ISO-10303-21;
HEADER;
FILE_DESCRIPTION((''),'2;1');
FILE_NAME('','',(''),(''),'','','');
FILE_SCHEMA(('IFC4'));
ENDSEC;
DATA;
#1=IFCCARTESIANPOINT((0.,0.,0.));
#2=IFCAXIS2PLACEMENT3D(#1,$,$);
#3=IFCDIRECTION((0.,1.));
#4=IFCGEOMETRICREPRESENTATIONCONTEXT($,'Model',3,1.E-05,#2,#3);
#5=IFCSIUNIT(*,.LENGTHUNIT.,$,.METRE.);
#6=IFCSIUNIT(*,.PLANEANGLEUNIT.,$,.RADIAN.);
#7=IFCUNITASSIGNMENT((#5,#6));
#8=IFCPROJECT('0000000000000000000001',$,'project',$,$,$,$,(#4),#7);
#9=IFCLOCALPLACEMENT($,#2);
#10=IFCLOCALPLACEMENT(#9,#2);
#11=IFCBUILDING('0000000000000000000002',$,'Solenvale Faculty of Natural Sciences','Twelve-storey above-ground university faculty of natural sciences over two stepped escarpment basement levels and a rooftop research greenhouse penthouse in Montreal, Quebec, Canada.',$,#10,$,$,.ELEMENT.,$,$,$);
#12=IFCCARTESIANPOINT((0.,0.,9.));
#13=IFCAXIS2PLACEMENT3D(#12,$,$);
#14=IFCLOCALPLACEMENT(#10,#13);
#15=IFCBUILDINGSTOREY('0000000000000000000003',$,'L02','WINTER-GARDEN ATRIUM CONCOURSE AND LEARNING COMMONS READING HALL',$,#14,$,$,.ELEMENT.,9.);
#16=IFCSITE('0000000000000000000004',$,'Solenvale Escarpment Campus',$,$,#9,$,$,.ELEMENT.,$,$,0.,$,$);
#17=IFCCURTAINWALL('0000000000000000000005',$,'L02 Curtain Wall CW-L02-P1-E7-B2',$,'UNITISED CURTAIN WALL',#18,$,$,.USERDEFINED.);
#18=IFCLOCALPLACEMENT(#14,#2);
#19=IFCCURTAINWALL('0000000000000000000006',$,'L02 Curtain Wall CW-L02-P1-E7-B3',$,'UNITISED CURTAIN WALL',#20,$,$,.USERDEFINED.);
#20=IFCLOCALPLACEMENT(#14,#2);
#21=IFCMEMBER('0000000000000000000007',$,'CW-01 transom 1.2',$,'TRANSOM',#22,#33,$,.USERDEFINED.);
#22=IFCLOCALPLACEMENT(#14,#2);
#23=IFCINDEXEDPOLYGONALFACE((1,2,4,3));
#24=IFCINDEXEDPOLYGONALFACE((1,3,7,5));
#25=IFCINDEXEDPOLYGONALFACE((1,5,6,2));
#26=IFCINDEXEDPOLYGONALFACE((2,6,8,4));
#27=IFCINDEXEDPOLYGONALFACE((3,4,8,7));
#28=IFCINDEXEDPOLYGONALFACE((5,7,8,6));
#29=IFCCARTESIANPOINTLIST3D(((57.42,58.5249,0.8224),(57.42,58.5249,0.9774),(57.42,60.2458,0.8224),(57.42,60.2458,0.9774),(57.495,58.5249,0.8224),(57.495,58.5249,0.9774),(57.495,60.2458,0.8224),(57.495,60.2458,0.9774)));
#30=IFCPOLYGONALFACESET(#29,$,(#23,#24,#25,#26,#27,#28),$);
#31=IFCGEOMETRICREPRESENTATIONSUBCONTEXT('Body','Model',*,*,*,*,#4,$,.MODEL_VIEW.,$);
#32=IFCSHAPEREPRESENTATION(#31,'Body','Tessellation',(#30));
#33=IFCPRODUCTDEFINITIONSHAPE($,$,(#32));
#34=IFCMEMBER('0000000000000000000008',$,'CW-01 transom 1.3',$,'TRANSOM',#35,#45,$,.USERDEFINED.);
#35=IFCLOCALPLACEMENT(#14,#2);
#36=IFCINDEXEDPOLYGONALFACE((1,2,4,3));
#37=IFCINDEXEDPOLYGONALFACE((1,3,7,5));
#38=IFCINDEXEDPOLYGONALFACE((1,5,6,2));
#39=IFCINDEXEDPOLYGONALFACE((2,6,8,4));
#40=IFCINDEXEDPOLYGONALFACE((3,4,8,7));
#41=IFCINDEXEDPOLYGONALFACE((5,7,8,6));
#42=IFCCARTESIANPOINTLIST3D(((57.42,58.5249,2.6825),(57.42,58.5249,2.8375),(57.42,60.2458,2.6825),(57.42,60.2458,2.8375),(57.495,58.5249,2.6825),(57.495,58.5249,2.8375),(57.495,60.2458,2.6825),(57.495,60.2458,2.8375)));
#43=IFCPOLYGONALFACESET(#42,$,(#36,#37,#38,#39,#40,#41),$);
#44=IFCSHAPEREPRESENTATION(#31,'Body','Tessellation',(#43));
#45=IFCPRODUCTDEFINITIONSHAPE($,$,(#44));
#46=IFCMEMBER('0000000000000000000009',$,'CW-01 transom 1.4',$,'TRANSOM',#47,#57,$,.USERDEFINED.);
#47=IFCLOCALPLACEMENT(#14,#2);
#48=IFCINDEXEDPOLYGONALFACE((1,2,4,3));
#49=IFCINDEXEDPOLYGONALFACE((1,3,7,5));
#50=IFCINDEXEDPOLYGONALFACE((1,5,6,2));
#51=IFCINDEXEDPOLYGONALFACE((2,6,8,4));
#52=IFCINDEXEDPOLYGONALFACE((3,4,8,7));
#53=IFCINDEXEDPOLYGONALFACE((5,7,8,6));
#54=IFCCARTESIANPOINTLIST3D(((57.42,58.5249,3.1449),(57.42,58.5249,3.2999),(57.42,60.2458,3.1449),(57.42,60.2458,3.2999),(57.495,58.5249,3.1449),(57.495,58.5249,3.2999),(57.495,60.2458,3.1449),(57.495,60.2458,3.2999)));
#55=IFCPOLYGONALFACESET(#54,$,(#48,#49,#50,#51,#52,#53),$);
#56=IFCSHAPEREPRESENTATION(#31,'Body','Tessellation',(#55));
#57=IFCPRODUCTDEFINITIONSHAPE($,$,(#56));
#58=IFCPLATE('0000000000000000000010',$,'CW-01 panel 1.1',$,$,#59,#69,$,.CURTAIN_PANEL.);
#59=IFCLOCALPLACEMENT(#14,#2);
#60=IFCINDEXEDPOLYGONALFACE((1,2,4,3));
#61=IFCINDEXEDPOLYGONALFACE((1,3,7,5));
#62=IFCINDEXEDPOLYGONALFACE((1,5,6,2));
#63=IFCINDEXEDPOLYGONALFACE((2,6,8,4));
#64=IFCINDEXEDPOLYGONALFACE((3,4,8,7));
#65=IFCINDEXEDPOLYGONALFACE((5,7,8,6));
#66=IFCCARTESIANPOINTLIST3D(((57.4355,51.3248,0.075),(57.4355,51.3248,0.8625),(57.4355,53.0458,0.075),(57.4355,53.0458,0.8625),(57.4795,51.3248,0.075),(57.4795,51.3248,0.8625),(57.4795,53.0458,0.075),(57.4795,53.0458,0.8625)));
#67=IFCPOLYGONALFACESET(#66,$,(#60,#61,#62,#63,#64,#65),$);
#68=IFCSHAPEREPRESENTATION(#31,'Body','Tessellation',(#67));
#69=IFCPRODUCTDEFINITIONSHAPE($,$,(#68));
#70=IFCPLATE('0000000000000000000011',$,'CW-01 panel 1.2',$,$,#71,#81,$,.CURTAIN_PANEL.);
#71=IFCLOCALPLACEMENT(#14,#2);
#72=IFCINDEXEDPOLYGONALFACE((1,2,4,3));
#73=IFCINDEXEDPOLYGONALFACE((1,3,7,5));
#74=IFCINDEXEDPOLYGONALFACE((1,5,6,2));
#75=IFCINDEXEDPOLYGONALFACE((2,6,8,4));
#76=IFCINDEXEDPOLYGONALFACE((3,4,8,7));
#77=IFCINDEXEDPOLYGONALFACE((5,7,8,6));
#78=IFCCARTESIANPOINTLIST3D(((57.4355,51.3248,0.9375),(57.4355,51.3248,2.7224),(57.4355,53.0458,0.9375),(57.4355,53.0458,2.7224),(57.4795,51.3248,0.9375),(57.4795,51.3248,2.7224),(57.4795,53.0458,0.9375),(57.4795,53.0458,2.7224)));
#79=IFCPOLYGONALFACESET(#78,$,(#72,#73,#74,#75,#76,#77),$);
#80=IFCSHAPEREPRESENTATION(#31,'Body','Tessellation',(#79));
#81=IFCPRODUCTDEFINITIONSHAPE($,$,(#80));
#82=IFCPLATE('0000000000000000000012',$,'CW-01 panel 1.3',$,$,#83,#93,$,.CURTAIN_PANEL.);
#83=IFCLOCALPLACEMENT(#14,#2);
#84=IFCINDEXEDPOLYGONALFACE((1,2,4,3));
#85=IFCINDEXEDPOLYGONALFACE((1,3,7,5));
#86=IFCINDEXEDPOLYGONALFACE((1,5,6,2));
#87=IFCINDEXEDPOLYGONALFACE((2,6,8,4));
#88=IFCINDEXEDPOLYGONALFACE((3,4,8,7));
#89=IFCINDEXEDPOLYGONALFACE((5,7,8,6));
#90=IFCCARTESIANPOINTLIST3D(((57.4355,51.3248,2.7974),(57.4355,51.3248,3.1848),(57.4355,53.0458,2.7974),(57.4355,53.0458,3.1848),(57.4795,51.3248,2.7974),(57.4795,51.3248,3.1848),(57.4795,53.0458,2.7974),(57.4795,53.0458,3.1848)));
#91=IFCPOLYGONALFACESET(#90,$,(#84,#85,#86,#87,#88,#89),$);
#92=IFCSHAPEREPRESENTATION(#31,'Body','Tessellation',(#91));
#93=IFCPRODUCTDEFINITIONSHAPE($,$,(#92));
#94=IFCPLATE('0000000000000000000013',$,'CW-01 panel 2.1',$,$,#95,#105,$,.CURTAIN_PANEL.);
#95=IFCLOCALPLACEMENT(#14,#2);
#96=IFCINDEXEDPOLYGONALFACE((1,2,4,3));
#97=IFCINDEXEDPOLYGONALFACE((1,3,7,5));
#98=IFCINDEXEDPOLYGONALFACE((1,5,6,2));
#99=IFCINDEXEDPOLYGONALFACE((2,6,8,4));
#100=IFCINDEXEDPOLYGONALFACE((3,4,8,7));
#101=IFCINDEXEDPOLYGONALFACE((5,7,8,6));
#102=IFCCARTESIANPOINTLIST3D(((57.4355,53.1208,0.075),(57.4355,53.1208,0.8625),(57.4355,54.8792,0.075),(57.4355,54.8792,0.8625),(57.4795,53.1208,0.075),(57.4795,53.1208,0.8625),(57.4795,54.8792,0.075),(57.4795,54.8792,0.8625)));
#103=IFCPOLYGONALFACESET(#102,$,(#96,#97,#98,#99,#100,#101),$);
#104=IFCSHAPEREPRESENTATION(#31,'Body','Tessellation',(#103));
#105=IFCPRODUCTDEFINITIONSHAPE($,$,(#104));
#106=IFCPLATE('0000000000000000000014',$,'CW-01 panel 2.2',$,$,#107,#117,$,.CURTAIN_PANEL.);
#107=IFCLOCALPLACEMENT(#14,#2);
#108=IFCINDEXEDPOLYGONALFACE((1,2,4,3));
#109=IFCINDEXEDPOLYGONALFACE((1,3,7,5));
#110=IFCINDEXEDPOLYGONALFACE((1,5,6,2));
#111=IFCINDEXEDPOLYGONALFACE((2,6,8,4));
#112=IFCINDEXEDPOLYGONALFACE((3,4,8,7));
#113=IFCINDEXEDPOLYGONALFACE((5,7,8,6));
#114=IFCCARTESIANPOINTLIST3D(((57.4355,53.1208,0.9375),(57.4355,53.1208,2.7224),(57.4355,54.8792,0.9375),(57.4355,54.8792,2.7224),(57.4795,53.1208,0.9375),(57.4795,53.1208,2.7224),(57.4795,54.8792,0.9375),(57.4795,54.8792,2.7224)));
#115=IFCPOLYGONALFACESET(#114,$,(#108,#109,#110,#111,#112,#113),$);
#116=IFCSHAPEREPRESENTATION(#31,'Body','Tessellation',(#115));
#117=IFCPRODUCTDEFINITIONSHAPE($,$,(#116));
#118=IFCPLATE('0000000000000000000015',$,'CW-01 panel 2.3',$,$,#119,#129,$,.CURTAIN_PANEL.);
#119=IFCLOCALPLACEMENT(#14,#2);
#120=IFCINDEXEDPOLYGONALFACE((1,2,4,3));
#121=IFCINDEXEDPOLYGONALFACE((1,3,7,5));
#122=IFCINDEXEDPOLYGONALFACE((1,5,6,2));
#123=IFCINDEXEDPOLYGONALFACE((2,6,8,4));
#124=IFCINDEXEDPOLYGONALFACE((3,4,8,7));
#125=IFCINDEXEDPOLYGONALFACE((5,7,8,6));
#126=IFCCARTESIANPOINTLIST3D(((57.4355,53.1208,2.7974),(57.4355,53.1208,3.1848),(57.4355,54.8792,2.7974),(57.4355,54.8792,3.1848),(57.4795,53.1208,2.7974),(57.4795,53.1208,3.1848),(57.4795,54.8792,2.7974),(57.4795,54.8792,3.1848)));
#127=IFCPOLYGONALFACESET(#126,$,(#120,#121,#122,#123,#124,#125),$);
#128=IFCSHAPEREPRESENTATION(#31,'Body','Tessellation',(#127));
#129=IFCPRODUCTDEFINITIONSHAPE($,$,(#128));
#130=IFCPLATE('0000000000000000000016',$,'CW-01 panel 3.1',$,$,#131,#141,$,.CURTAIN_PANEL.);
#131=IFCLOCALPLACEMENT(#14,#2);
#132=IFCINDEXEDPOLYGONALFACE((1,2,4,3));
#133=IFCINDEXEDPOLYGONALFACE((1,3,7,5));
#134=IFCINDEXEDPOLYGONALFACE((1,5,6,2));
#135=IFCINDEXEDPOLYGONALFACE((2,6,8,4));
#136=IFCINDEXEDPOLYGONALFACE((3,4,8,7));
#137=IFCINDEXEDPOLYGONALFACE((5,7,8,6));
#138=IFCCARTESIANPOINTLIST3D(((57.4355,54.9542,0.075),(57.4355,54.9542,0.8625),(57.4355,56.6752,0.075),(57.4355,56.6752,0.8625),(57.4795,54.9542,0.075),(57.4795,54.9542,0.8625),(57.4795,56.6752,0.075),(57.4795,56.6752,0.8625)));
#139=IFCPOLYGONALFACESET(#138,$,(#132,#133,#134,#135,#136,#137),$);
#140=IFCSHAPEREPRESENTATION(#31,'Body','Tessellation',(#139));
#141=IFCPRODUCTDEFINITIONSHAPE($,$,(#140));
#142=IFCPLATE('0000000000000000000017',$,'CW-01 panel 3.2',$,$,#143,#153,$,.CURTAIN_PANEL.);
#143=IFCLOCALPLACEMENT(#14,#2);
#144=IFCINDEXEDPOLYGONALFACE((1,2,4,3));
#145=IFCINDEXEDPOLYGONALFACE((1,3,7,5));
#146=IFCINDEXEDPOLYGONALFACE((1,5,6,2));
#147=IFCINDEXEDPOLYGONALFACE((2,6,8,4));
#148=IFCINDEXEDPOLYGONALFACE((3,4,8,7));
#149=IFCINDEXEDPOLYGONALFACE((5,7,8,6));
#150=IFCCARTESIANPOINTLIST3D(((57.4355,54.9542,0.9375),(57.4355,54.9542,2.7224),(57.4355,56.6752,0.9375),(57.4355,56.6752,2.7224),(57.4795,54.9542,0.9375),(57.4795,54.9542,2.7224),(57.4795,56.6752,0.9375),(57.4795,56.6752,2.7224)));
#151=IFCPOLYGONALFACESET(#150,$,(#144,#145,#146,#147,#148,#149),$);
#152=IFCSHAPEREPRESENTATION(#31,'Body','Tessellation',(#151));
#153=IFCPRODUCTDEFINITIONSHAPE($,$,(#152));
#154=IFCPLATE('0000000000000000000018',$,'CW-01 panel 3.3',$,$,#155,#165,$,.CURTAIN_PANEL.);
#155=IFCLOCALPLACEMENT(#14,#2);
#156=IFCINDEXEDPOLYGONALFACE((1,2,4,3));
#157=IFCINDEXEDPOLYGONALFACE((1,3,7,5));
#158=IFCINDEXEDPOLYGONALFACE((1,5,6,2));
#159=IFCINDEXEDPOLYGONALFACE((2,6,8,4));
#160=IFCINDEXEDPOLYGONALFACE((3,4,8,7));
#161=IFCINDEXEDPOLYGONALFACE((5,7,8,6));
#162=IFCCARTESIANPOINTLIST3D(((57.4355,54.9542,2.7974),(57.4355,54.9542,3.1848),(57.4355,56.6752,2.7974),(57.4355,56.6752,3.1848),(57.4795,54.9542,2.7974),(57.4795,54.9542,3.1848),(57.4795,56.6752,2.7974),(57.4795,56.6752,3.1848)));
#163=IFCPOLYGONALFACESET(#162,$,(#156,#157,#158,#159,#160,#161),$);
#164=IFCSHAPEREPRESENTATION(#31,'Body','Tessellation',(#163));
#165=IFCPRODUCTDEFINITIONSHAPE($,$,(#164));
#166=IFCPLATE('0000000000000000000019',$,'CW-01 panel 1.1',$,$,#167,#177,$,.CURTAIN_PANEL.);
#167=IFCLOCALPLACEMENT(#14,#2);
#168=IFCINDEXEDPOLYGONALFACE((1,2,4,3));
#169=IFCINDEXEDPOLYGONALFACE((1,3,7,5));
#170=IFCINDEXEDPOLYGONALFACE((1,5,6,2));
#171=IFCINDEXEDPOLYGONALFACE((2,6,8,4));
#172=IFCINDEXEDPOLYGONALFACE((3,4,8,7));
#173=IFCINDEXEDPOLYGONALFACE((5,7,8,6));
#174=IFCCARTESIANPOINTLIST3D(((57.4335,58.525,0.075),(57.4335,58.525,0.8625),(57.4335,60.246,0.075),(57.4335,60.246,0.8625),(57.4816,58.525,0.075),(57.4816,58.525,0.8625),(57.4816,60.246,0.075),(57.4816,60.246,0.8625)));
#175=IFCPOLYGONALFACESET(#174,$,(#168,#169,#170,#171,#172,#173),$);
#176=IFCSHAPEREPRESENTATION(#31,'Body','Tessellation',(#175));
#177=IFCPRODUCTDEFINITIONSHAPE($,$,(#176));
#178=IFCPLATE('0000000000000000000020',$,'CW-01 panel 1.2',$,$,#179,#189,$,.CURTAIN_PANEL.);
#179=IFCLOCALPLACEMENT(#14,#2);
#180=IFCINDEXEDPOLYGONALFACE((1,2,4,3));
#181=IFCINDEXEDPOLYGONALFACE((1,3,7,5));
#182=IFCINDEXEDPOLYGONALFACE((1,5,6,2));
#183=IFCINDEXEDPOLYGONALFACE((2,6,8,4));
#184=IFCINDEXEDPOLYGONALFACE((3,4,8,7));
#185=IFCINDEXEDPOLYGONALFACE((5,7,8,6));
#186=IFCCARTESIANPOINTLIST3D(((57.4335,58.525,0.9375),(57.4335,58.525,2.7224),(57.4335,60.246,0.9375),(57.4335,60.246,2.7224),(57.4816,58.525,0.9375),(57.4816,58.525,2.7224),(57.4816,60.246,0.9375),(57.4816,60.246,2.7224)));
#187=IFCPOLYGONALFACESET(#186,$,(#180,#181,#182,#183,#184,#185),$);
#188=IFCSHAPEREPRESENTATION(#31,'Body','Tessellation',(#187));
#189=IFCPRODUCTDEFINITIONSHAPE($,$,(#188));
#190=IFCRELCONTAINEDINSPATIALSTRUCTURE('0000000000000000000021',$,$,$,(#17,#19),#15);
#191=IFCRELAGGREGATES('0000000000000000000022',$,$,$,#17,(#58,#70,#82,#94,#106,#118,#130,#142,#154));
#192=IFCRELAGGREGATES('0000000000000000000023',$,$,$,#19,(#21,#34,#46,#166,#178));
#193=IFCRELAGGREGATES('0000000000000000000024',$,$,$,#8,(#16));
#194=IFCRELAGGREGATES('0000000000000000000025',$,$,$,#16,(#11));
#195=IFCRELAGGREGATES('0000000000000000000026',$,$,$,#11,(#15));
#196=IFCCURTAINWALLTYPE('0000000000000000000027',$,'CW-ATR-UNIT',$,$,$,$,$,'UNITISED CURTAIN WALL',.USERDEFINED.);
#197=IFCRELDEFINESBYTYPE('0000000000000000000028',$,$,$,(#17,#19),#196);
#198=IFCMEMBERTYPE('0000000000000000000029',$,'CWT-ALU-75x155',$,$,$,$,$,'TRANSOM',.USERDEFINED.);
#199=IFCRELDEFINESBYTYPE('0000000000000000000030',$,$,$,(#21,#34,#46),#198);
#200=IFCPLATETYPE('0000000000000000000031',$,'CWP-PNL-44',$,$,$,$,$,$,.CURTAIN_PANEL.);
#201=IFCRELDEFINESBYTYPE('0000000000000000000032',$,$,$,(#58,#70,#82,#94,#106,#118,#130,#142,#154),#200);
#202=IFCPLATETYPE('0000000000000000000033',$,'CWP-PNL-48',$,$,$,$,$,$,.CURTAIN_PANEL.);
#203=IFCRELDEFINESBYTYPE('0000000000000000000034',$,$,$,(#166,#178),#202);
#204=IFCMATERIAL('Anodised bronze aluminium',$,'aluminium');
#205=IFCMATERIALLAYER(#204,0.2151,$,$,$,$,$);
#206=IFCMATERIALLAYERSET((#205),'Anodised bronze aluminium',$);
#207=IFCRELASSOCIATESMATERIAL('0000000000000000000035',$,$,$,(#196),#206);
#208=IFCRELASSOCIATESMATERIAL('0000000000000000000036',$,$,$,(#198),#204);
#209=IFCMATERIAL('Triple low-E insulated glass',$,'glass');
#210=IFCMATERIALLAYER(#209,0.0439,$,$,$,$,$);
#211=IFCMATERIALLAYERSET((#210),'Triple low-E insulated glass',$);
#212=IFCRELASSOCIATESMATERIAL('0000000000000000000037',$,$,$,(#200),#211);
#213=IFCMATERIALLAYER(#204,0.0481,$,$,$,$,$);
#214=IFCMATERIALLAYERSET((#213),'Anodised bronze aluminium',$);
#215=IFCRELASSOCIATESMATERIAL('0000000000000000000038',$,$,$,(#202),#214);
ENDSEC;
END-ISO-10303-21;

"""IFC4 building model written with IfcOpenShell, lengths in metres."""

from ifc_helpers import new_model, si_unit, direction, frame, origin, origin_2d, place, context, subcontext, project, spatial, rectangle, extrude, material, layer, layer_set, material_profile, profile_set, type_object, element, aggregate, save


model = new_model("IFC4")

# Units and contexts
model_context = context("Model", 3, precision=1e-05, world=origin(), true_north=direction((0.0, 1.0)))
body_context = subcontext(model_context, "Body", "Model", "MODEL_VIEW")
ifc_project = project(units=[si_unit("LENGTHUNIT", "METRE"), si_unit("PLANEANGLEUNIT", "RADIAN")], contexts=[model_context])

# Site, building, storey
site_placement = place(None, origin())
site = spatial("IfcSite", under=ifc_project, at=site_placement, Name="Solenvale Escarpment Campus", CompositionType="ELEMENT", RefElevation=0.0)
building_placement = place(site_placement, origin())
building = spatial("IfcBuilding", under=site, at=building_placement, Name="Solenvale Faculty of Natural Sciences", Description="Twelve-storey above-ground university faculty of natural sciences over two stepped escarpment basement levels and a rooftop research greenhouse penthouse in Montreal, Quebec, Canada.", CompositionType="ELEMENT")
storey_placement = place(building_placement, frame((0.0, 0.0, 9.0)))
storey = spatial("IfcBuildingStorey", under=building, at=storey_placement, Name="L02", Description="WINTER-GARDEN ATRIUM CONCOURSE AND LEARNING COMMONS READING HALL", CompositionType="ELEMENT", Elevation=9.0)

# Curtain wall
ifc_material_1 = material(Name="Anodised bronze aluminium", Category="aluminium")
ifc_layer_1 = layer(ifc_material_1, 0.2151)
ifc_layer_set_1 = layer_set([ifc_layer_1], Name="Anodised bronze aluminium")
curtain_wall_type = type_object("IfcCurtainWallType", Name="CW-ATR-UNIT", ElementType="UNITISED CURTAIN WALL", PredefinedType="USERDEFINED", material=ifc_layer_set_1)
curtain_wall_1_placement = place(storey_placement, origin())
curtain_wall_1 = element("IfcCurtainWall", 1, at=curtain_wall_1_placement, inside=storey, type_object=curtain_wall_type, Name="L02 Curtain Wall CW-L02-P1-E7-B2", ObjectType="UNITISED CURTAIN WALL", PredefinedType="USERDEFINED")

# Curtain wall
curtain_wall_2_placement = place(storey_placement, origin())
curtain_wall_2 = element("IfcCurtainWall", 2, at=curtain_wall_2_placement, inside=storey, type_object=curtain_wall_type, Name="L02 Curtain Wall CW-L02-P1-E7-B3", ObjectType="UNITISED CURTAIN WALL", PredefinedType="USERDEFINED")

# Members
ifc_material_profile_1 = material_profile(ifc_material_1, rectangle(XDim=0.075, YDim=0.155, at=origin_2d()), Name="ALU-TRN-75x155")
ifc_profile_set_1 = profile_set([ifc_material_profile_1], Name="Anodised bronze aluminium")
member_type_1 = type_object("IfcMemberType", Name="CWT-ALU-75x155", ElementType="TRANSOM", PredefinedType="USERDEFINED", material=ifc_profile_set_1)
member_1_placement = place(storey_placement, frame((57.4575, 58.5249, 0.8999), z_axis=(0.0, 1.0, 0.0), x_axis=(-1.0, 0.0, 0.0)))
member_1 = element("IfcMember", 3, at=member_1_placement, type_object=member_type_1, Name="CW-01 transom 1.2", ObjectType="TRANSOM", PredefinedType="USERDEFINED", context=body_context, shape_type="SweptSolid", body=[
    extrude(rectangle(XDim=0.075, YDim=0.155, at=origin_2d()), origin(), (0.0, 0.0, 1.0), 1.7209),
])
member_2_placement = place(storey_placement, frame((57.4575, 58.5249, 2.76), z_axis=(0.0, 1.0, 0.0), x_axis=(-1.0, 0.0, 0.0)))
member_2 = element("IfcMember", 4, at=member_2_placement, type_object=member_type_1, Name="CW-01 transom 1.3", ObjectType="TRANSOM", PredefinedType="USERDEFINED", context=body_context, shape_type="SweptSolid", body=[
    extrude(rectangle(XDim=0.075, YDim=0.155, at=origin_2d()), origin(), (0.0, 0.0, 1.0), 1.7209),
])
member_3_placement = place(storey_placement, frame((57.4575, 58.5249, 3.2224), z_axis=(0.0, 1.0, 0.0), x_axis=(-1.0, 0.0, 0.0)))
member_3 = element("IfcMember", 5, at=member_3_placement, type_object=member_type_1, Name="CW-01 transom 1.4", ObjectType="TRANSOM", PredefinedType="USERDEFINED", context=body_context, shape_type="SweptSolid", body=[
    extrude(rectangle(XDim=0.075, YDim=0.155, at=origin_2d()), origin(), (0.0, 0.0, 1.0), 1.7209),
])

# Plates
ifc_material_2 = material(Name="Triple low-E insulated glass", Category="glass")
ifc_layer_2 = layer(ifc_material_2, 0.0439)
ifc_layer_set_2 = layer_set([ifc_layer_2], Name="Triple low-E insulated glass")
plate_type_1 = type_object("IfcPlateType", Name="CWP-PNL-44", PredefinedType="CURTAIN_PANEL", material=ifc_layer_set_2)
plate_1_placement = place(storey_placement, frame((57.4575, 52.1853, 0.075), z_axis=(0.0, 0.0, 1.0), x_axis=(0.0, 1.0, 0.0)))
plate_1 = element("IfcPlate", 6, at=plate_1_placement, type_object=plate_type_1, Name="CW-01 panel 1.1", PredefinedType="CURTAIN_PANEL", context=body_context, shape_type="SweptSolid", body=[
    extrude(rectangle(XDim=1.7209, YDim=0.0439, at=origin_2d()), origin(), (0.0, 0.0, 1.0), 0.7876),
])
plate_2_placement = place(storey_placement, frame((57.4575, 52.1853, 0.9375), z_axis=(0.0, 0.0, 1.0), x_axis=(0.0, 1.0, 0.0)))
plate_2 = element("IfcPlate", 7, at=plate_2_placement, type_object=plate_type_1, Name="CW-01 panel 1.2", PredefinedType="CURTAIN_PANEL", context=body_context, shape_type="SweptSolid", body=[
    extrude(rectangle(XDim=1.7209, YDim=0.0439, at=origin_2d()), origin(), (0.0, 0.0, 1.0), 1.7849),
])
plate_3_placement = place(storey_placement, frame((57.4575, 52.1853, 2.7974), z_axis=(0.0, 0.0, 1.0), x_axis=(0.0, 1.0, 0.0)))
plate_3 = element("IfcPlate", 8, at=plate_3_placement, type_object=plate_type_1, Name="CW-01 panel 1.3", PredefinedType="CURTAIN_PANEL", context=body_context, shape_type="SweptSolid", body=[
    extrude(rectangle(XDim=1.7209, YDim=0.0439, at=origin_2d()), origin(), (0.0, 0.0, 1.0), 0.3875),
])
plate_4_placement = place(storey_placement, frame((57.4575, 54.0, 0.075), z_axis=(0.0, 0.0, 1.0), x_axis=(0.0, 1.0, 0.0)))
plate_4 = element("IfcPlate", 9, at=plate_4_placement, type_object=plate_type_1, Name="CW-01 panel 2.1", PredefinedType="CURTAIN_PANEL", context=body_context, shape_type="SweptSolid", body=[
    extrude(rectangle(XDim=1.7583, YDim=0.0439, at=origin_2d()), origin(), (0.0, 0.0, 1.0), 0.7876),
])
plate_5_placement = place(storey_placement, frame((57.4575, 54.0, 0.9375), z_axis=(0.0, 0.0, 1.0), x_axis=(0.0, 1.0, 0.0)))
plate_5 = element("IfcPlate", 10, at=plate_5_placement, type_object=plate_type_1, Name="CW-01 panel 2.2", PredefinedType="CURTAIN_PANEL", context=body_context, shape_type="SweptSolid", body=[
    extrude(rectangle(XDim=1.7583, YDim=0.0439, at=origin_2d()), origin(), (0.0, 0.0, 1.0), 1.7849),
])
plate_6_placement = place(storey_placement, frame((57.4575, 54.0, 2.7974), z_axis=(0.0, 0.0, 1.0), x_axis=(0.0, 1.0, 0.0)))
plate_6 = element("IfcPlate", 11, at=plate_6_placement, type_object=plate_type_1, Name="CW-01 panel 2.3", PredefinedType="CURTAIN_PANEL", context=body_context, shape_type="SweptSolid", body=[
    extrude(rectangle(XDim=1.7583, YDim=0.0439, at=origin_2d()), origin(), (0.0, 0.0, 1.0), 0.3875),
])
plate_7_placement = place(storey_placement, frame((57.4575, 55.8147, 0.075), z_axis=(0.0, 0.0, 1.0), x_axis=(0.0, 1.0, 0.0)))
plate_7 = element("IfcPlate", 12, at=plate_7_placement, type_object=plate_type_1, Name="CW-01 panel 3.1", PredefinedType="CURTAIN_PANEL", context=body_context, shape_type="SweptSolid", body=[
    extrude(rectangle(XDim=1.7209, YDim=0.0439, at=origin_2d()), origin(), (0.0, 0.0, 1.0), 0.7876),
])
plate_8_placement = place(storey_placement, frame((57.4575, 55.8147, 0.9375), z_axis=(0.0, 0.0, 1.0), x_axis=(0.0, 1.0, 0.0)))
plate_8 = element("IfcPlate", 13, at=plate_8_placement, type_object=plate_type_1, Name="CW-01 panel 3.2", PredefinedType="CURTAIN_PANEL", context=body_context, shape_type="SweptSolid", body=[
    extrude(rectangle(XDim=1.7209, YDim=0.0439, at=origin_2d()), origin(), (0.0, 0.0, 1.0), 1.7849),
])
plate_9_placement = place(storey_placement, frame((57.4575, 55.8147, 2.7974), z_axis=(0.0, 0.0, 1.0), x_axis=(0.0, 1.0, 0.0)))
plate_9 = element("IfcPlate", 14, at=plate_9_placement, type_object=plate_type_1, Name="CW-01 panel 3.3", PredefinedType="CURTAIN_PANEL", context=body_context, shape_type="SweptSolid", body=[
    extrude(rectangle(XDim=1.7209, YDim=0.0439, at=origin_2d()), origin(), (0.0, 0.0, 1.0), 0.3875),
])
aggregate(curtain_wall_1, [plate_1, plate_2, plate_3, plate_4, plate_5, plate_6, plate_7, plate_8, plate_9])
ifc_layer_3 = layer(ifc_material_1, 0.0481)
ifc_layer_set_3 = layer_set([ifc_layer_3], Name="Anodised bronze aluminium")
plate_type_2 = type_object("IfcPlateType", Name="CWP-PNL-48", PredefinedType="CURTAIN_PANEL", material=ifc_layer_set_3)
plate_10_placement = place(storey_placement, frame((57.4575, 59.3855, 0.075), z_axis=(0.0, 0.0, 1.0), x_axis=(0.0, 1.0, 0.0)))
plate_10 = element("IfcPlate", 15, at=plate_10_placement, type_object=plate_type_2, Name="CW-01 panel 1.1", PredefinedType="CURTAIN_PANEL", context=body_context, shape_type="SweptSolid", body=[
    extrude(rectangle(XDim=1.7209, YDim=0.0481, at=origin_2d()), origin(), (0.0, 0.0, 1.0), 0.7876),
])
plate_11_placement = place(storey_placement, frame((57.4575, 59.3855, 0.9375), z_axis=(0.0, 0.0, 1.0), x_axis=(0.0, 1.0, 0.0)))
plate_11 = element("IfcPlate", 16, at=plate_11_placement, type_object=plate_type_2, Name="CW-01 panel 1.2", PredefinedType="CURTAIN_PANEL", context=body_context, shape_type="SweptSolid", body=[
    extrude(rectangle(XDim=1.7209, YDim=0.0481, at=origin_2d()), origin(), (0.0, 0.0, 1.0), 1.7849),
])
aggregate(curtain_wall_2, [member_1, member_2, member_3, plate_10, plate_11])

save(model, "model.ifc")
